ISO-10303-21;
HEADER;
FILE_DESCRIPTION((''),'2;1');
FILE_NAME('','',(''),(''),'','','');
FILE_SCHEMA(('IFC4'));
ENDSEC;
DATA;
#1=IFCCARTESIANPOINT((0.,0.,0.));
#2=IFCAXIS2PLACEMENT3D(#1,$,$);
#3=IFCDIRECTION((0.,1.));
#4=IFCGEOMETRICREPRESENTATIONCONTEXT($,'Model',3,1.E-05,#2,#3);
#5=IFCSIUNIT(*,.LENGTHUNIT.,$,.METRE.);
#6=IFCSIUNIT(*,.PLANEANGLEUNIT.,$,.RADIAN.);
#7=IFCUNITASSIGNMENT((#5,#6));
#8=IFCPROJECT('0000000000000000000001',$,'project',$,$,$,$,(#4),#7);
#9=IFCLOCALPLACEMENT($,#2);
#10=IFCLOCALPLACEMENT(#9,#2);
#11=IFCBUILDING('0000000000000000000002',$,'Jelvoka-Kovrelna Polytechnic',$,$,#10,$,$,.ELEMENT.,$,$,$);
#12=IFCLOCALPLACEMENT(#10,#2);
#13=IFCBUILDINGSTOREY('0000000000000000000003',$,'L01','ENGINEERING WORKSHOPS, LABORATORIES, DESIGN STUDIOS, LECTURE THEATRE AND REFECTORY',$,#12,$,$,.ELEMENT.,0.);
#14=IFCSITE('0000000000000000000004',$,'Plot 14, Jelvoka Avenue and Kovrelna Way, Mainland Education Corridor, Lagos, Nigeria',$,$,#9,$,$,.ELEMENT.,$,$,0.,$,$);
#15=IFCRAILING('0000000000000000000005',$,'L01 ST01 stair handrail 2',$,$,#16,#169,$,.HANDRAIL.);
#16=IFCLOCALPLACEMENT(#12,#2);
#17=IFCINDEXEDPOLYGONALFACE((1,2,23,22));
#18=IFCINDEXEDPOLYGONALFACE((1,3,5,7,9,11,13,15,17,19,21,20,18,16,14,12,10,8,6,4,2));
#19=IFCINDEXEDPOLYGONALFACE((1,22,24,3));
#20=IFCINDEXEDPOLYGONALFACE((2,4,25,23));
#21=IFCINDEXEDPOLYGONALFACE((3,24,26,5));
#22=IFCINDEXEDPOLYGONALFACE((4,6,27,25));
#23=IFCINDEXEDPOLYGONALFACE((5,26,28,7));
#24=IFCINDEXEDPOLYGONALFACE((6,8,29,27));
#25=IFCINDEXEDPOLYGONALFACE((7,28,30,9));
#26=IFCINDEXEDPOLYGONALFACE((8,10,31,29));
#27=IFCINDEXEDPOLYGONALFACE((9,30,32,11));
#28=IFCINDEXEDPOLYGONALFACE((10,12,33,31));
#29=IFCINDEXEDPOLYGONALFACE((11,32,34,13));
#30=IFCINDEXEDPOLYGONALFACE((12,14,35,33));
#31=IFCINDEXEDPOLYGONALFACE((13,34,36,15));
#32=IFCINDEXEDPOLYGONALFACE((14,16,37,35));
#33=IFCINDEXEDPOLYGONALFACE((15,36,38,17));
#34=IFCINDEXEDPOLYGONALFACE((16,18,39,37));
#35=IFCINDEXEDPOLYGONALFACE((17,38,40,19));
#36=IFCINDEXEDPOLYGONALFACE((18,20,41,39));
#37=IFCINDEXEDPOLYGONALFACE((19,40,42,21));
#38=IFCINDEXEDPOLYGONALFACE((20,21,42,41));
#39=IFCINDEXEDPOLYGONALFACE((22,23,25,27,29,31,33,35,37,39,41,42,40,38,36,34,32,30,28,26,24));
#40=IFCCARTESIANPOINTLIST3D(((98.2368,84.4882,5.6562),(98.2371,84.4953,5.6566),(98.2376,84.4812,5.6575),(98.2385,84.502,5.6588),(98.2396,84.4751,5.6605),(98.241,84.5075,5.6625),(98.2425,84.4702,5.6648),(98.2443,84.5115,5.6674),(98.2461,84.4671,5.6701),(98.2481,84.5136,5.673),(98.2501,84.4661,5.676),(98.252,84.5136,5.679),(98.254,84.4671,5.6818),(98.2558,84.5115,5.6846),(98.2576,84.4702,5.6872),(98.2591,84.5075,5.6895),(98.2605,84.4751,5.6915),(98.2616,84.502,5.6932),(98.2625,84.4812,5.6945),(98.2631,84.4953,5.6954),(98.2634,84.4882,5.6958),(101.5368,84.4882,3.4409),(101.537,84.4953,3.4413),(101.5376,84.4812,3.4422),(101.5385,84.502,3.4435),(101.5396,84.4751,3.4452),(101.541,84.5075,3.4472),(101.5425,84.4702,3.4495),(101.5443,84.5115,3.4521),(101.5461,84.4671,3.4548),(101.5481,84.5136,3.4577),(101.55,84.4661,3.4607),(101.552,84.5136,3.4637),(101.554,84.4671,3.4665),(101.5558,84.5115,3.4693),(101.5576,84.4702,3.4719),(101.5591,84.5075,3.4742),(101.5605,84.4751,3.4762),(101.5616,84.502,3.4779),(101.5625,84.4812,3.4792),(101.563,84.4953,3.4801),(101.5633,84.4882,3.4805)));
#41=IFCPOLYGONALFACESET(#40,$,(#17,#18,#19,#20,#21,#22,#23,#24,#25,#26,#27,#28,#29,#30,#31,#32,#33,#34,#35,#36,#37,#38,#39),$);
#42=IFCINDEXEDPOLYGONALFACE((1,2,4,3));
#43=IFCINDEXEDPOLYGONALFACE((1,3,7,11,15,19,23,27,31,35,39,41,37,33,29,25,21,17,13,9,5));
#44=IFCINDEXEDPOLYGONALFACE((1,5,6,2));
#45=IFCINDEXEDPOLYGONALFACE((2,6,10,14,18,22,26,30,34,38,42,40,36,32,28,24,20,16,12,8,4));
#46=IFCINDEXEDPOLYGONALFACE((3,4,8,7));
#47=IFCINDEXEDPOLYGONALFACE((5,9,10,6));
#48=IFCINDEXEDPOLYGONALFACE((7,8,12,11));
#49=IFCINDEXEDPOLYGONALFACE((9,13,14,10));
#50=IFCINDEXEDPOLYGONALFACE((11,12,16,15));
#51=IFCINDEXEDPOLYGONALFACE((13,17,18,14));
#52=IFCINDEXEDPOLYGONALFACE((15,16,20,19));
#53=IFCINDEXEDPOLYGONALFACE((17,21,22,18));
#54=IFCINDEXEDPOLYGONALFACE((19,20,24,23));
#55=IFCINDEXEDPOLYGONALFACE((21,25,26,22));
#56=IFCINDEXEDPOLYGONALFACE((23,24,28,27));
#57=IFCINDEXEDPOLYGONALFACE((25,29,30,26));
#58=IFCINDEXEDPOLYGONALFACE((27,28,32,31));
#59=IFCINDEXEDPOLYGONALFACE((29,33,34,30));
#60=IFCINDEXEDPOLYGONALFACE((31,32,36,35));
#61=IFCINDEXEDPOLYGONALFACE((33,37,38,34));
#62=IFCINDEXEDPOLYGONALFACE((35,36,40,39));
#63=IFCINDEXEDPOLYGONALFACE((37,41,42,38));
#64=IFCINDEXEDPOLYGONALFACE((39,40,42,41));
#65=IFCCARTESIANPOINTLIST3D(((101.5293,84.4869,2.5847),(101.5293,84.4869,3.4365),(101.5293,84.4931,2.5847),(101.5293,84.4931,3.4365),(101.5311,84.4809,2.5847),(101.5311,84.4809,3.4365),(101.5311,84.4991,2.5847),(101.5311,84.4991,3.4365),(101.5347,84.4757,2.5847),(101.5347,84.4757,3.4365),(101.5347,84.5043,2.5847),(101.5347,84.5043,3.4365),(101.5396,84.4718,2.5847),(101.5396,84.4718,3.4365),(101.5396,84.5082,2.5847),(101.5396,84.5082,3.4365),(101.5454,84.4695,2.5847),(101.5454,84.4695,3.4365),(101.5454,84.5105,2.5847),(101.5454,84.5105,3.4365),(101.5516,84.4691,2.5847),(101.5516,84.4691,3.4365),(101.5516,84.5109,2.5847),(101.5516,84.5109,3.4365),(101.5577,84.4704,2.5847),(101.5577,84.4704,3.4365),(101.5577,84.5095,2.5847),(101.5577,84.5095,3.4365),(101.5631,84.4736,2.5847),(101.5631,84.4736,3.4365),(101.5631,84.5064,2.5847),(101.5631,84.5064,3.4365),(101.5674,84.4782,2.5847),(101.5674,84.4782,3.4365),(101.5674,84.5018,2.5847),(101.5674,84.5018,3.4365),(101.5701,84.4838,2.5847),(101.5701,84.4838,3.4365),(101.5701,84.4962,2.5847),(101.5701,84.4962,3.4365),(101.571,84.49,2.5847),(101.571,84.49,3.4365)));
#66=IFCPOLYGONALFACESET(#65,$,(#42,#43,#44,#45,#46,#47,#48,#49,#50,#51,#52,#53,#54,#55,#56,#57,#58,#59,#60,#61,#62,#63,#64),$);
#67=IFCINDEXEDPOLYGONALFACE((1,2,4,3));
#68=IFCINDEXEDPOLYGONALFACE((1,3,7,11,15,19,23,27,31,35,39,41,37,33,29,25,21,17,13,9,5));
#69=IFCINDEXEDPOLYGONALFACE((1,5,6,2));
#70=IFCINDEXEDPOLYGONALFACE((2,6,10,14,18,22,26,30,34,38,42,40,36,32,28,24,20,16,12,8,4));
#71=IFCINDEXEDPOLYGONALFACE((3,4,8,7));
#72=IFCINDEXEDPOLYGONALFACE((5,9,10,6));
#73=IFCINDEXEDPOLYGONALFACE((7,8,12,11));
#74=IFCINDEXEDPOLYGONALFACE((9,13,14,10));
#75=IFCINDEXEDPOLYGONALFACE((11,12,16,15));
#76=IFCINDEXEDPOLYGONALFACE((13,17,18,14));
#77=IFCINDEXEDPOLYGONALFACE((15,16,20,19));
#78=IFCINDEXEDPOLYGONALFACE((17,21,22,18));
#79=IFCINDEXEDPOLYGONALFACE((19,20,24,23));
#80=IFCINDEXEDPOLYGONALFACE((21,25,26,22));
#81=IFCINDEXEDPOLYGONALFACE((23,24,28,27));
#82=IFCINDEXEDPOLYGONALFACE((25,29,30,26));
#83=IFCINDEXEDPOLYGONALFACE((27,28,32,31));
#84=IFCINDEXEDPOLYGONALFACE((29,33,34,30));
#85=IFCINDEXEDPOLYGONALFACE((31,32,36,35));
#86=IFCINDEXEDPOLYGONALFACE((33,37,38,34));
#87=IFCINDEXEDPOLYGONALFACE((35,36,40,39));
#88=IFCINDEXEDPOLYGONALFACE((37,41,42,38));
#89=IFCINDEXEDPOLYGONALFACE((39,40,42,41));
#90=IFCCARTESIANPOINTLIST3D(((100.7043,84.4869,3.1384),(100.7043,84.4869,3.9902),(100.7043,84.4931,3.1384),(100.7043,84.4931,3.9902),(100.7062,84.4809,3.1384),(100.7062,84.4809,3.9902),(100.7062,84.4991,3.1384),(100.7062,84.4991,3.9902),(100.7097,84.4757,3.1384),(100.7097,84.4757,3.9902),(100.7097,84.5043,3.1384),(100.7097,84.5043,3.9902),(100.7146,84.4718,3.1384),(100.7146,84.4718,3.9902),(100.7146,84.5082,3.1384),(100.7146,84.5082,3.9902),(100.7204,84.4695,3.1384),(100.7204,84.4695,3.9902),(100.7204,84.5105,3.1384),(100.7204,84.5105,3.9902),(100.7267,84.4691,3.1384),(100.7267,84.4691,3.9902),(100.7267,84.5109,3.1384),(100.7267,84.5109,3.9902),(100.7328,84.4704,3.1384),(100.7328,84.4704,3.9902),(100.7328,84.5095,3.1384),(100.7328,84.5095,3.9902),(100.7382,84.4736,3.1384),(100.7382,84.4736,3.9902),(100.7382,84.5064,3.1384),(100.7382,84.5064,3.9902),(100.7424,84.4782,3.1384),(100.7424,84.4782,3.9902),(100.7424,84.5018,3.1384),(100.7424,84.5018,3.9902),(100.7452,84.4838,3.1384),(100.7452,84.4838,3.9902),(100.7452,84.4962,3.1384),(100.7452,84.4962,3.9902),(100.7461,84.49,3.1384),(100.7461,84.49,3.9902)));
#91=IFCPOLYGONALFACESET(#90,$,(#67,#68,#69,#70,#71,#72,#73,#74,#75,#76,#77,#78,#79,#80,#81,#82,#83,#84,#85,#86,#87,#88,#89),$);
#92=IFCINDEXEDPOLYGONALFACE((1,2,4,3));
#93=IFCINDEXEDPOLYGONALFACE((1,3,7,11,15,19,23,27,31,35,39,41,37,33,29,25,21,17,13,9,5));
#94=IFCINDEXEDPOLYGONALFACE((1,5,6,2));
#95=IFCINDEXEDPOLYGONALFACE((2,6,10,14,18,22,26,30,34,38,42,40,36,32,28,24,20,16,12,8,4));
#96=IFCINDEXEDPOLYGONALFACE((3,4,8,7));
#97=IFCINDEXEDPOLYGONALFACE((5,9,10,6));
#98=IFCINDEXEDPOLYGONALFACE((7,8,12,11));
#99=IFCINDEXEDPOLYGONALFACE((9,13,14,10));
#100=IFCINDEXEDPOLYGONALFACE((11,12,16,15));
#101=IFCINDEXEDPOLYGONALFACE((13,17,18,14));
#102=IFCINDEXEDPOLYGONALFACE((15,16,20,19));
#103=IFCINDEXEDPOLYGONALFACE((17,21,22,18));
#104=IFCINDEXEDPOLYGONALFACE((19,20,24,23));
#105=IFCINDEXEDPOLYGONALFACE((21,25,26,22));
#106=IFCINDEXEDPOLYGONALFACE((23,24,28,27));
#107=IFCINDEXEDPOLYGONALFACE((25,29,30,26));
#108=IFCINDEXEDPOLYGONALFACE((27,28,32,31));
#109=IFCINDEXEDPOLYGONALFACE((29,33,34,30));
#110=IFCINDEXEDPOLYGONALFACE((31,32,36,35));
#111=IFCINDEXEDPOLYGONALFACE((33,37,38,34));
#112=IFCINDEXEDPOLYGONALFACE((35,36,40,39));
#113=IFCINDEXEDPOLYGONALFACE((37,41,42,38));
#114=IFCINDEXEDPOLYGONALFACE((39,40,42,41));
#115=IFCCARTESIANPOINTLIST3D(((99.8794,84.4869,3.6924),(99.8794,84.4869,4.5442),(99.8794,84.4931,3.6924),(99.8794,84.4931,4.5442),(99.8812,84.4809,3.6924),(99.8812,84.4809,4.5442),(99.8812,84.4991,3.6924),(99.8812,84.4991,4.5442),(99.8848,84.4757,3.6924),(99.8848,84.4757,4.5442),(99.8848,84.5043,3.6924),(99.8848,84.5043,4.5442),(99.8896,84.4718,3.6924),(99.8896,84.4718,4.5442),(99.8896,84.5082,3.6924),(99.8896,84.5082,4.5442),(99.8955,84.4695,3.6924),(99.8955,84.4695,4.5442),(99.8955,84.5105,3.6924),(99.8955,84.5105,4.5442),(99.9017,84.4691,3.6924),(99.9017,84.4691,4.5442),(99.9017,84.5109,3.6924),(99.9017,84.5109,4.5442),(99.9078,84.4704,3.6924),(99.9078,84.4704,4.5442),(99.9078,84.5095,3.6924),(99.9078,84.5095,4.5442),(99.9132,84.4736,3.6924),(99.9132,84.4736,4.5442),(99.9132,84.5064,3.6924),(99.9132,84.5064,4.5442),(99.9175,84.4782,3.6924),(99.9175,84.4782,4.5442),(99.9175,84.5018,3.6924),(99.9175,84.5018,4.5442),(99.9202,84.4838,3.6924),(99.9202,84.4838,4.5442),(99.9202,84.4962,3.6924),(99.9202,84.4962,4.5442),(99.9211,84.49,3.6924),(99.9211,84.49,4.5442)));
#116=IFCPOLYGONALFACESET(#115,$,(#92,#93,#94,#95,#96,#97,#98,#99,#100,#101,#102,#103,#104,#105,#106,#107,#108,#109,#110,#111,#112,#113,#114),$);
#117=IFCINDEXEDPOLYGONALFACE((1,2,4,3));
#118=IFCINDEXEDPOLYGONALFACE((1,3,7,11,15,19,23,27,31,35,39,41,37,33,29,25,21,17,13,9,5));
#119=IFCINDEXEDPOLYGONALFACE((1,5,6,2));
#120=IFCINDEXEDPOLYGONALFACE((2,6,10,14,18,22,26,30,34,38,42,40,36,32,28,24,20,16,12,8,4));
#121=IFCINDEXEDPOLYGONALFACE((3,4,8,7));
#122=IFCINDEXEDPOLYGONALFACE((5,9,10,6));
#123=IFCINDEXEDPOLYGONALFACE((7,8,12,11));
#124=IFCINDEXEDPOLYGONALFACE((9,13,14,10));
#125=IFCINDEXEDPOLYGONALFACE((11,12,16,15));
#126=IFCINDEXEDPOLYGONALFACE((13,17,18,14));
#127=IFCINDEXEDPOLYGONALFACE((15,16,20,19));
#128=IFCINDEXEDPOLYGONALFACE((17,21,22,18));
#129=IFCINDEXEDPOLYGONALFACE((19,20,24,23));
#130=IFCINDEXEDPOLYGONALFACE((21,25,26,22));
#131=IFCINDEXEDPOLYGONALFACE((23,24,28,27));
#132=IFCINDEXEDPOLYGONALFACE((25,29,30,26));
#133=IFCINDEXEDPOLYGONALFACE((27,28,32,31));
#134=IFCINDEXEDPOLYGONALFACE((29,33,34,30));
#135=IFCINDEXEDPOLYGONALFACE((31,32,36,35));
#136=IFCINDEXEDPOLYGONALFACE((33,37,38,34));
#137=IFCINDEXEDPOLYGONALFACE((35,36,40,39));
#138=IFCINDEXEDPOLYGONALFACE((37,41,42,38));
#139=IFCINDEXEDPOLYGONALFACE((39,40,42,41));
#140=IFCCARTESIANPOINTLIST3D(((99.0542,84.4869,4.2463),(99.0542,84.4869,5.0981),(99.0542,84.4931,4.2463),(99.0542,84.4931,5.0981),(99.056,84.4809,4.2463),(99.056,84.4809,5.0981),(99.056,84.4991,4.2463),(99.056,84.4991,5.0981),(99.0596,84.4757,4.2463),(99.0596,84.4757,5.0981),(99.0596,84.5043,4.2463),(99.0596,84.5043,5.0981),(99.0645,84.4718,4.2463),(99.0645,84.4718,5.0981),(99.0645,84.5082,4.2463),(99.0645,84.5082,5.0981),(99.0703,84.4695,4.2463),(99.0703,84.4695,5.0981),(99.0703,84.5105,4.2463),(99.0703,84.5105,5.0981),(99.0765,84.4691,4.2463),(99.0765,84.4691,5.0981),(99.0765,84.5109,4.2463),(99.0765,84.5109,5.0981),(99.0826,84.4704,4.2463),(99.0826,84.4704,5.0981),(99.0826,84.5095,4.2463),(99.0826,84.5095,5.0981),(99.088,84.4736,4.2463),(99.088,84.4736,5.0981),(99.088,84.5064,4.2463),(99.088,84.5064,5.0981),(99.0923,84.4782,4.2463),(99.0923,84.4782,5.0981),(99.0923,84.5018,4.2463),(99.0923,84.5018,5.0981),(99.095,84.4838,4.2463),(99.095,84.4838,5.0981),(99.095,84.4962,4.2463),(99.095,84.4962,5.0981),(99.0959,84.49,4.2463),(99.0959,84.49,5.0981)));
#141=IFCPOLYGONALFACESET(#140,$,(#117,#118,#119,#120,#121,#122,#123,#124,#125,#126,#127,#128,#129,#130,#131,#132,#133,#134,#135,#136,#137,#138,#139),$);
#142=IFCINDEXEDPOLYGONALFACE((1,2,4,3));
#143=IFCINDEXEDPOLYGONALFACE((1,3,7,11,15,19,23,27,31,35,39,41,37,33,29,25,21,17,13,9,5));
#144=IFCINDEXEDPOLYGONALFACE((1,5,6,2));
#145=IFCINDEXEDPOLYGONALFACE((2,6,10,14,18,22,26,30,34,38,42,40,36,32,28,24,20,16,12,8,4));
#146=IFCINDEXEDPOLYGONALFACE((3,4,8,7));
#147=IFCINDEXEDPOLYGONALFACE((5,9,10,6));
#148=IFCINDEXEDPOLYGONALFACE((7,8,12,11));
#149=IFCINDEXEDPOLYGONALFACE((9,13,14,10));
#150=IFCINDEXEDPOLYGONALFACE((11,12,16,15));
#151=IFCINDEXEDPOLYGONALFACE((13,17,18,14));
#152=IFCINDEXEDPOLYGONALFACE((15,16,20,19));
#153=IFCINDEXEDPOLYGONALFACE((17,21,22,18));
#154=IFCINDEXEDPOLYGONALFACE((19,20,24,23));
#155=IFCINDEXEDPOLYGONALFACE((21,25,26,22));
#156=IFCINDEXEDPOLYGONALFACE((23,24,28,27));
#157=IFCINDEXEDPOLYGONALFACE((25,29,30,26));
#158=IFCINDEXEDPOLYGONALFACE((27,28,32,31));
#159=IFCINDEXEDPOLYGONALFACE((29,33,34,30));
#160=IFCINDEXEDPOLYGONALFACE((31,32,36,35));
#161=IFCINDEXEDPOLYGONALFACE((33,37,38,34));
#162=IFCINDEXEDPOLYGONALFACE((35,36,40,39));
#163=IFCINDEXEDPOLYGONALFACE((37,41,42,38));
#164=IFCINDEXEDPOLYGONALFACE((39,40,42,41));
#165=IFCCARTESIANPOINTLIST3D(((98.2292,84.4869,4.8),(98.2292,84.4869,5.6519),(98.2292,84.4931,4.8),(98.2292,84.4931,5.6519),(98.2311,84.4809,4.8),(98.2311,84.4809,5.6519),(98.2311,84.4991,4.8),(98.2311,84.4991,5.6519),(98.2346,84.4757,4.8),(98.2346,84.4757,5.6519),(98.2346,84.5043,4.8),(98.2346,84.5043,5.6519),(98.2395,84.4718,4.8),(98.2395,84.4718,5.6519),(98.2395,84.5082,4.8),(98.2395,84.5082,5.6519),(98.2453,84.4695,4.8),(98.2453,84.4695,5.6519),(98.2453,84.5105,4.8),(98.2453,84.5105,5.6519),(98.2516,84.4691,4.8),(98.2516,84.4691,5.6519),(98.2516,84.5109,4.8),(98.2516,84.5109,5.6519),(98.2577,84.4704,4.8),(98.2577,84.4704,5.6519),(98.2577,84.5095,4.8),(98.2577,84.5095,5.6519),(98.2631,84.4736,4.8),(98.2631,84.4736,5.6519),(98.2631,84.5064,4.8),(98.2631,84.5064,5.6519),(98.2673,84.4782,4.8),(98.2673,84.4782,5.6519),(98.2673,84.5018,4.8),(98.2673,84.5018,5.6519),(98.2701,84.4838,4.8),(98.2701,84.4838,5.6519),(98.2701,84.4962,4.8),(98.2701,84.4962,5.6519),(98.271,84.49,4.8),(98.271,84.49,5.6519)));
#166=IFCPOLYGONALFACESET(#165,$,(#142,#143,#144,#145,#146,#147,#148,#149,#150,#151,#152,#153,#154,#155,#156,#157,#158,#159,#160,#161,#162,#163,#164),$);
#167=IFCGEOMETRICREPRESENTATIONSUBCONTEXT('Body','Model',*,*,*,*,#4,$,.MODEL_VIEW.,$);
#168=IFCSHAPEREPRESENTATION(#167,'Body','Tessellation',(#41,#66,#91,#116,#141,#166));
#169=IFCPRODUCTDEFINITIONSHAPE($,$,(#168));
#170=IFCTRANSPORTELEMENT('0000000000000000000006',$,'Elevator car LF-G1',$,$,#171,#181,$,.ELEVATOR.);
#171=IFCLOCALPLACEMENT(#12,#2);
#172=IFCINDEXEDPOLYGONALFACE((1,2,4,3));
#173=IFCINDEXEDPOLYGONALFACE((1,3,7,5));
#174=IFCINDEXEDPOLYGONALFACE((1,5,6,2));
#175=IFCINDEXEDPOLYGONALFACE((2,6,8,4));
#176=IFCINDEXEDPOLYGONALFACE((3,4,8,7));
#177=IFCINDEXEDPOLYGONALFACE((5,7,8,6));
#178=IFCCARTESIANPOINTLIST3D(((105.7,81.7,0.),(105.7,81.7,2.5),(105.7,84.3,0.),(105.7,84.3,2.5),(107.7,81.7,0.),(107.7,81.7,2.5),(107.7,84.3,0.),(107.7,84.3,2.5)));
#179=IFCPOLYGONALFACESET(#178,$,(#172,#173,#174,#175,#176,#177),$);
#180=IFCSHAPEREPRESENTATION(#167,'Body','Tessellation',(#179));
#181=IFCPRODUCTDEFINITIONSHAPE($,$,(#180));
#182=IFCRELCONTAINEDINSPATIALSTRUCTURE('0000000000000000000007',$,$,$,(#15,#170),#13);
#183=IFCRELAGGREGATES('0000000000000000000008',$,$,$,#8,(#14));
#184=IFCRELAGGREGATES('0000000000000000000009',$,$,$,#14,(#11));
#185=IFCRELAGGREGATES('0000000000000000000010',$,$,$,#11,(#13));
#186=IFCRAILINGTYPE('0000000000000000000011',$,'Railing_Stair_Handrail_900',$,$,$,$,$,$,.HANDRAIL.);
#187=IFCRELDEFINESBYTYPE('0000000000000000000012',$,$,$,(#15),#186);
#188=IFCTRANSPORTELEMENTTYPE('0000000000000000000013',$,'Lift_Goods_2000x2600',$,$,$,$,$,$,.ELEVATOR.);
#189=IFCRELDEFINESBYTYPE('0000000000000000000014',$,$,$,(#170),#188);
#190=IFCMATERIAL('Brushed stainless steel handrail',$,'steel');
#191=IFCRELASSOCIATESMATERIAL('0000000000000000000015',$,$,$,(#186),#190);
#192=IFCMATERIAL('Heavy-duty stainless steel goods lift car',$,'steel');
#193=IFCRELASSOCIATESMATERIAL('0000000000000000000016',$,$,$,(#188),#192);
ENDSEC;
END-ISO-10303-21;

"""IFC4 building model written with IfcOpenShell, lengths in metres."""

from ifc_helpers import new_model, si_unit, direction, frame, origin, origin_2d, place, context, subcontext, project, spatial, rectangle, circle, extrude, material, type_object, element, save


model = new_model("IFC4")

# Units and contexts
model_context = context("Model", 3, precision=1e-05, world=origin(), true_north=direction((0.0, 1.0)))
body_context = subcontext(model_context, "Body", "Model", "MODEL_VIEW")
ifc_project = project(units=[si_unit("LENGTHUNIT", "METRE"), si_unit("PLANEANGLEUNIT", "RADIAN")], contexts=[model_context])

# Site, building, storey
site_placement = place(None, origin())
site = spatial("IfcSite", under=ifc_project, at=site_placement, Name="Plot 14, Jelvoka Avenue and Kovrelna Way, Mainland Education Corridor, Lagos, Nigeria", CompositionType="ELEMENT", RefElevation=0.0)
building_placement = place(site_placement, origin())
building = spatial("IfcBuilding", under=site, at=building_placement, Name="Jelvoka-Kovrelna Polytechnic", CompositionType="ELEMENT")
storey_placement = place(building_placement, origin())
storey = spatial("IfcBuildingStorey", under=building, at=storey_placement, Name="L01", Description="ENGINEERING WORKSHOPS, LABORATORIES, DESIGN STUDIOS, LECTURE THEATRE AND REFECTORY", CompositionType="ELEMENT", Elevation=0.0)

# Railing
ifc_material_1 = material(Name="Brushed stainless steel handrail", Category="steel")
railing_type_1 = type_object("IfcRailingType", Name="Railing_Stair_Handrail_900", PredefinedType="HANDRAIL", material=ifc_material_1)
railing_1_placement = place(storey_placement, frame((101.55, 84.49, 2.5847)))
element("IfcRailing", 1, at=railing_1_placement, inside=storey, type_object=railing_type_1, Name="L01 ST01 stair handrail 2", PredefinedType="HANDRAIL", context=body_context, shape_type="SweptSolid", body=[
    extrude(circle(Radius=0.0239, at=origin_2d()), frame((0.0, 0.0, 0.876), z_axis=(-0.830269, 0.0, 0.557362), x_axis=(0.0, -1.0, 0.0)), (0.0, 0.0, 1.0), 3.9746),
    extrude(circle(Radius=0.021, at=origin_2d()), origin(), (0.0, 0.0, 1.0), 0.8518),
    extrude(circle(Radius=0.021, at=origin_2d()), frame((-0.825, 0.0, 0.5537)), (0.0, 0.0, 1.0), 0.8518),
    extrude(circle(Radius=0.021, at=origin_2d()), frame((-1.6499, 0.0, 1.1077)), (0.0, 0.0, 1.0), 0.8518),
    extrude(circle(Radius=0.021, at=origin_2d()), frame((-2.4751, 0.0, 1.6616)), (0.0, 0.0, 1.0), 0.8518),
    extrude(circle(Radius=0.021, at=origin_2d()), frame((-3.3, 0.0, 2.2153)), (0.0, 0.0, 1.0), 0.8518),
])

# Transport element
ifc_material_2 = material(Name="Heavy-duty stainless steel goods lift car", Category="steel")
transport_element_type = type_object("IfcTransportElementType", Name="Lift_Goods_2000x2600", PredefinedType="ELEVATOR", material=ifc_material_2)
transport_element_placement = place(storey_placement, frame((106.7, 83.0, 0.0), z_axis=(0.0, 0.0, 1.0), x_axis=(1.0, 0.0, 0.0)))
element("IfcTransportElement", 2, at=transport_element_placement, inside=storey, type_object=transport_element_type, Name="Elevator car LF-G1", PredefinedType="ELEVATOR", context=body_context, shape_type="SweptSolid", body=[
    extrude(rectangle(XDim=2.0, YDim=2.6001, at=origin_2d()), origin(), (0.0, 0.0, 1.0), 2.5),
])

save(model, "model.ifc")
